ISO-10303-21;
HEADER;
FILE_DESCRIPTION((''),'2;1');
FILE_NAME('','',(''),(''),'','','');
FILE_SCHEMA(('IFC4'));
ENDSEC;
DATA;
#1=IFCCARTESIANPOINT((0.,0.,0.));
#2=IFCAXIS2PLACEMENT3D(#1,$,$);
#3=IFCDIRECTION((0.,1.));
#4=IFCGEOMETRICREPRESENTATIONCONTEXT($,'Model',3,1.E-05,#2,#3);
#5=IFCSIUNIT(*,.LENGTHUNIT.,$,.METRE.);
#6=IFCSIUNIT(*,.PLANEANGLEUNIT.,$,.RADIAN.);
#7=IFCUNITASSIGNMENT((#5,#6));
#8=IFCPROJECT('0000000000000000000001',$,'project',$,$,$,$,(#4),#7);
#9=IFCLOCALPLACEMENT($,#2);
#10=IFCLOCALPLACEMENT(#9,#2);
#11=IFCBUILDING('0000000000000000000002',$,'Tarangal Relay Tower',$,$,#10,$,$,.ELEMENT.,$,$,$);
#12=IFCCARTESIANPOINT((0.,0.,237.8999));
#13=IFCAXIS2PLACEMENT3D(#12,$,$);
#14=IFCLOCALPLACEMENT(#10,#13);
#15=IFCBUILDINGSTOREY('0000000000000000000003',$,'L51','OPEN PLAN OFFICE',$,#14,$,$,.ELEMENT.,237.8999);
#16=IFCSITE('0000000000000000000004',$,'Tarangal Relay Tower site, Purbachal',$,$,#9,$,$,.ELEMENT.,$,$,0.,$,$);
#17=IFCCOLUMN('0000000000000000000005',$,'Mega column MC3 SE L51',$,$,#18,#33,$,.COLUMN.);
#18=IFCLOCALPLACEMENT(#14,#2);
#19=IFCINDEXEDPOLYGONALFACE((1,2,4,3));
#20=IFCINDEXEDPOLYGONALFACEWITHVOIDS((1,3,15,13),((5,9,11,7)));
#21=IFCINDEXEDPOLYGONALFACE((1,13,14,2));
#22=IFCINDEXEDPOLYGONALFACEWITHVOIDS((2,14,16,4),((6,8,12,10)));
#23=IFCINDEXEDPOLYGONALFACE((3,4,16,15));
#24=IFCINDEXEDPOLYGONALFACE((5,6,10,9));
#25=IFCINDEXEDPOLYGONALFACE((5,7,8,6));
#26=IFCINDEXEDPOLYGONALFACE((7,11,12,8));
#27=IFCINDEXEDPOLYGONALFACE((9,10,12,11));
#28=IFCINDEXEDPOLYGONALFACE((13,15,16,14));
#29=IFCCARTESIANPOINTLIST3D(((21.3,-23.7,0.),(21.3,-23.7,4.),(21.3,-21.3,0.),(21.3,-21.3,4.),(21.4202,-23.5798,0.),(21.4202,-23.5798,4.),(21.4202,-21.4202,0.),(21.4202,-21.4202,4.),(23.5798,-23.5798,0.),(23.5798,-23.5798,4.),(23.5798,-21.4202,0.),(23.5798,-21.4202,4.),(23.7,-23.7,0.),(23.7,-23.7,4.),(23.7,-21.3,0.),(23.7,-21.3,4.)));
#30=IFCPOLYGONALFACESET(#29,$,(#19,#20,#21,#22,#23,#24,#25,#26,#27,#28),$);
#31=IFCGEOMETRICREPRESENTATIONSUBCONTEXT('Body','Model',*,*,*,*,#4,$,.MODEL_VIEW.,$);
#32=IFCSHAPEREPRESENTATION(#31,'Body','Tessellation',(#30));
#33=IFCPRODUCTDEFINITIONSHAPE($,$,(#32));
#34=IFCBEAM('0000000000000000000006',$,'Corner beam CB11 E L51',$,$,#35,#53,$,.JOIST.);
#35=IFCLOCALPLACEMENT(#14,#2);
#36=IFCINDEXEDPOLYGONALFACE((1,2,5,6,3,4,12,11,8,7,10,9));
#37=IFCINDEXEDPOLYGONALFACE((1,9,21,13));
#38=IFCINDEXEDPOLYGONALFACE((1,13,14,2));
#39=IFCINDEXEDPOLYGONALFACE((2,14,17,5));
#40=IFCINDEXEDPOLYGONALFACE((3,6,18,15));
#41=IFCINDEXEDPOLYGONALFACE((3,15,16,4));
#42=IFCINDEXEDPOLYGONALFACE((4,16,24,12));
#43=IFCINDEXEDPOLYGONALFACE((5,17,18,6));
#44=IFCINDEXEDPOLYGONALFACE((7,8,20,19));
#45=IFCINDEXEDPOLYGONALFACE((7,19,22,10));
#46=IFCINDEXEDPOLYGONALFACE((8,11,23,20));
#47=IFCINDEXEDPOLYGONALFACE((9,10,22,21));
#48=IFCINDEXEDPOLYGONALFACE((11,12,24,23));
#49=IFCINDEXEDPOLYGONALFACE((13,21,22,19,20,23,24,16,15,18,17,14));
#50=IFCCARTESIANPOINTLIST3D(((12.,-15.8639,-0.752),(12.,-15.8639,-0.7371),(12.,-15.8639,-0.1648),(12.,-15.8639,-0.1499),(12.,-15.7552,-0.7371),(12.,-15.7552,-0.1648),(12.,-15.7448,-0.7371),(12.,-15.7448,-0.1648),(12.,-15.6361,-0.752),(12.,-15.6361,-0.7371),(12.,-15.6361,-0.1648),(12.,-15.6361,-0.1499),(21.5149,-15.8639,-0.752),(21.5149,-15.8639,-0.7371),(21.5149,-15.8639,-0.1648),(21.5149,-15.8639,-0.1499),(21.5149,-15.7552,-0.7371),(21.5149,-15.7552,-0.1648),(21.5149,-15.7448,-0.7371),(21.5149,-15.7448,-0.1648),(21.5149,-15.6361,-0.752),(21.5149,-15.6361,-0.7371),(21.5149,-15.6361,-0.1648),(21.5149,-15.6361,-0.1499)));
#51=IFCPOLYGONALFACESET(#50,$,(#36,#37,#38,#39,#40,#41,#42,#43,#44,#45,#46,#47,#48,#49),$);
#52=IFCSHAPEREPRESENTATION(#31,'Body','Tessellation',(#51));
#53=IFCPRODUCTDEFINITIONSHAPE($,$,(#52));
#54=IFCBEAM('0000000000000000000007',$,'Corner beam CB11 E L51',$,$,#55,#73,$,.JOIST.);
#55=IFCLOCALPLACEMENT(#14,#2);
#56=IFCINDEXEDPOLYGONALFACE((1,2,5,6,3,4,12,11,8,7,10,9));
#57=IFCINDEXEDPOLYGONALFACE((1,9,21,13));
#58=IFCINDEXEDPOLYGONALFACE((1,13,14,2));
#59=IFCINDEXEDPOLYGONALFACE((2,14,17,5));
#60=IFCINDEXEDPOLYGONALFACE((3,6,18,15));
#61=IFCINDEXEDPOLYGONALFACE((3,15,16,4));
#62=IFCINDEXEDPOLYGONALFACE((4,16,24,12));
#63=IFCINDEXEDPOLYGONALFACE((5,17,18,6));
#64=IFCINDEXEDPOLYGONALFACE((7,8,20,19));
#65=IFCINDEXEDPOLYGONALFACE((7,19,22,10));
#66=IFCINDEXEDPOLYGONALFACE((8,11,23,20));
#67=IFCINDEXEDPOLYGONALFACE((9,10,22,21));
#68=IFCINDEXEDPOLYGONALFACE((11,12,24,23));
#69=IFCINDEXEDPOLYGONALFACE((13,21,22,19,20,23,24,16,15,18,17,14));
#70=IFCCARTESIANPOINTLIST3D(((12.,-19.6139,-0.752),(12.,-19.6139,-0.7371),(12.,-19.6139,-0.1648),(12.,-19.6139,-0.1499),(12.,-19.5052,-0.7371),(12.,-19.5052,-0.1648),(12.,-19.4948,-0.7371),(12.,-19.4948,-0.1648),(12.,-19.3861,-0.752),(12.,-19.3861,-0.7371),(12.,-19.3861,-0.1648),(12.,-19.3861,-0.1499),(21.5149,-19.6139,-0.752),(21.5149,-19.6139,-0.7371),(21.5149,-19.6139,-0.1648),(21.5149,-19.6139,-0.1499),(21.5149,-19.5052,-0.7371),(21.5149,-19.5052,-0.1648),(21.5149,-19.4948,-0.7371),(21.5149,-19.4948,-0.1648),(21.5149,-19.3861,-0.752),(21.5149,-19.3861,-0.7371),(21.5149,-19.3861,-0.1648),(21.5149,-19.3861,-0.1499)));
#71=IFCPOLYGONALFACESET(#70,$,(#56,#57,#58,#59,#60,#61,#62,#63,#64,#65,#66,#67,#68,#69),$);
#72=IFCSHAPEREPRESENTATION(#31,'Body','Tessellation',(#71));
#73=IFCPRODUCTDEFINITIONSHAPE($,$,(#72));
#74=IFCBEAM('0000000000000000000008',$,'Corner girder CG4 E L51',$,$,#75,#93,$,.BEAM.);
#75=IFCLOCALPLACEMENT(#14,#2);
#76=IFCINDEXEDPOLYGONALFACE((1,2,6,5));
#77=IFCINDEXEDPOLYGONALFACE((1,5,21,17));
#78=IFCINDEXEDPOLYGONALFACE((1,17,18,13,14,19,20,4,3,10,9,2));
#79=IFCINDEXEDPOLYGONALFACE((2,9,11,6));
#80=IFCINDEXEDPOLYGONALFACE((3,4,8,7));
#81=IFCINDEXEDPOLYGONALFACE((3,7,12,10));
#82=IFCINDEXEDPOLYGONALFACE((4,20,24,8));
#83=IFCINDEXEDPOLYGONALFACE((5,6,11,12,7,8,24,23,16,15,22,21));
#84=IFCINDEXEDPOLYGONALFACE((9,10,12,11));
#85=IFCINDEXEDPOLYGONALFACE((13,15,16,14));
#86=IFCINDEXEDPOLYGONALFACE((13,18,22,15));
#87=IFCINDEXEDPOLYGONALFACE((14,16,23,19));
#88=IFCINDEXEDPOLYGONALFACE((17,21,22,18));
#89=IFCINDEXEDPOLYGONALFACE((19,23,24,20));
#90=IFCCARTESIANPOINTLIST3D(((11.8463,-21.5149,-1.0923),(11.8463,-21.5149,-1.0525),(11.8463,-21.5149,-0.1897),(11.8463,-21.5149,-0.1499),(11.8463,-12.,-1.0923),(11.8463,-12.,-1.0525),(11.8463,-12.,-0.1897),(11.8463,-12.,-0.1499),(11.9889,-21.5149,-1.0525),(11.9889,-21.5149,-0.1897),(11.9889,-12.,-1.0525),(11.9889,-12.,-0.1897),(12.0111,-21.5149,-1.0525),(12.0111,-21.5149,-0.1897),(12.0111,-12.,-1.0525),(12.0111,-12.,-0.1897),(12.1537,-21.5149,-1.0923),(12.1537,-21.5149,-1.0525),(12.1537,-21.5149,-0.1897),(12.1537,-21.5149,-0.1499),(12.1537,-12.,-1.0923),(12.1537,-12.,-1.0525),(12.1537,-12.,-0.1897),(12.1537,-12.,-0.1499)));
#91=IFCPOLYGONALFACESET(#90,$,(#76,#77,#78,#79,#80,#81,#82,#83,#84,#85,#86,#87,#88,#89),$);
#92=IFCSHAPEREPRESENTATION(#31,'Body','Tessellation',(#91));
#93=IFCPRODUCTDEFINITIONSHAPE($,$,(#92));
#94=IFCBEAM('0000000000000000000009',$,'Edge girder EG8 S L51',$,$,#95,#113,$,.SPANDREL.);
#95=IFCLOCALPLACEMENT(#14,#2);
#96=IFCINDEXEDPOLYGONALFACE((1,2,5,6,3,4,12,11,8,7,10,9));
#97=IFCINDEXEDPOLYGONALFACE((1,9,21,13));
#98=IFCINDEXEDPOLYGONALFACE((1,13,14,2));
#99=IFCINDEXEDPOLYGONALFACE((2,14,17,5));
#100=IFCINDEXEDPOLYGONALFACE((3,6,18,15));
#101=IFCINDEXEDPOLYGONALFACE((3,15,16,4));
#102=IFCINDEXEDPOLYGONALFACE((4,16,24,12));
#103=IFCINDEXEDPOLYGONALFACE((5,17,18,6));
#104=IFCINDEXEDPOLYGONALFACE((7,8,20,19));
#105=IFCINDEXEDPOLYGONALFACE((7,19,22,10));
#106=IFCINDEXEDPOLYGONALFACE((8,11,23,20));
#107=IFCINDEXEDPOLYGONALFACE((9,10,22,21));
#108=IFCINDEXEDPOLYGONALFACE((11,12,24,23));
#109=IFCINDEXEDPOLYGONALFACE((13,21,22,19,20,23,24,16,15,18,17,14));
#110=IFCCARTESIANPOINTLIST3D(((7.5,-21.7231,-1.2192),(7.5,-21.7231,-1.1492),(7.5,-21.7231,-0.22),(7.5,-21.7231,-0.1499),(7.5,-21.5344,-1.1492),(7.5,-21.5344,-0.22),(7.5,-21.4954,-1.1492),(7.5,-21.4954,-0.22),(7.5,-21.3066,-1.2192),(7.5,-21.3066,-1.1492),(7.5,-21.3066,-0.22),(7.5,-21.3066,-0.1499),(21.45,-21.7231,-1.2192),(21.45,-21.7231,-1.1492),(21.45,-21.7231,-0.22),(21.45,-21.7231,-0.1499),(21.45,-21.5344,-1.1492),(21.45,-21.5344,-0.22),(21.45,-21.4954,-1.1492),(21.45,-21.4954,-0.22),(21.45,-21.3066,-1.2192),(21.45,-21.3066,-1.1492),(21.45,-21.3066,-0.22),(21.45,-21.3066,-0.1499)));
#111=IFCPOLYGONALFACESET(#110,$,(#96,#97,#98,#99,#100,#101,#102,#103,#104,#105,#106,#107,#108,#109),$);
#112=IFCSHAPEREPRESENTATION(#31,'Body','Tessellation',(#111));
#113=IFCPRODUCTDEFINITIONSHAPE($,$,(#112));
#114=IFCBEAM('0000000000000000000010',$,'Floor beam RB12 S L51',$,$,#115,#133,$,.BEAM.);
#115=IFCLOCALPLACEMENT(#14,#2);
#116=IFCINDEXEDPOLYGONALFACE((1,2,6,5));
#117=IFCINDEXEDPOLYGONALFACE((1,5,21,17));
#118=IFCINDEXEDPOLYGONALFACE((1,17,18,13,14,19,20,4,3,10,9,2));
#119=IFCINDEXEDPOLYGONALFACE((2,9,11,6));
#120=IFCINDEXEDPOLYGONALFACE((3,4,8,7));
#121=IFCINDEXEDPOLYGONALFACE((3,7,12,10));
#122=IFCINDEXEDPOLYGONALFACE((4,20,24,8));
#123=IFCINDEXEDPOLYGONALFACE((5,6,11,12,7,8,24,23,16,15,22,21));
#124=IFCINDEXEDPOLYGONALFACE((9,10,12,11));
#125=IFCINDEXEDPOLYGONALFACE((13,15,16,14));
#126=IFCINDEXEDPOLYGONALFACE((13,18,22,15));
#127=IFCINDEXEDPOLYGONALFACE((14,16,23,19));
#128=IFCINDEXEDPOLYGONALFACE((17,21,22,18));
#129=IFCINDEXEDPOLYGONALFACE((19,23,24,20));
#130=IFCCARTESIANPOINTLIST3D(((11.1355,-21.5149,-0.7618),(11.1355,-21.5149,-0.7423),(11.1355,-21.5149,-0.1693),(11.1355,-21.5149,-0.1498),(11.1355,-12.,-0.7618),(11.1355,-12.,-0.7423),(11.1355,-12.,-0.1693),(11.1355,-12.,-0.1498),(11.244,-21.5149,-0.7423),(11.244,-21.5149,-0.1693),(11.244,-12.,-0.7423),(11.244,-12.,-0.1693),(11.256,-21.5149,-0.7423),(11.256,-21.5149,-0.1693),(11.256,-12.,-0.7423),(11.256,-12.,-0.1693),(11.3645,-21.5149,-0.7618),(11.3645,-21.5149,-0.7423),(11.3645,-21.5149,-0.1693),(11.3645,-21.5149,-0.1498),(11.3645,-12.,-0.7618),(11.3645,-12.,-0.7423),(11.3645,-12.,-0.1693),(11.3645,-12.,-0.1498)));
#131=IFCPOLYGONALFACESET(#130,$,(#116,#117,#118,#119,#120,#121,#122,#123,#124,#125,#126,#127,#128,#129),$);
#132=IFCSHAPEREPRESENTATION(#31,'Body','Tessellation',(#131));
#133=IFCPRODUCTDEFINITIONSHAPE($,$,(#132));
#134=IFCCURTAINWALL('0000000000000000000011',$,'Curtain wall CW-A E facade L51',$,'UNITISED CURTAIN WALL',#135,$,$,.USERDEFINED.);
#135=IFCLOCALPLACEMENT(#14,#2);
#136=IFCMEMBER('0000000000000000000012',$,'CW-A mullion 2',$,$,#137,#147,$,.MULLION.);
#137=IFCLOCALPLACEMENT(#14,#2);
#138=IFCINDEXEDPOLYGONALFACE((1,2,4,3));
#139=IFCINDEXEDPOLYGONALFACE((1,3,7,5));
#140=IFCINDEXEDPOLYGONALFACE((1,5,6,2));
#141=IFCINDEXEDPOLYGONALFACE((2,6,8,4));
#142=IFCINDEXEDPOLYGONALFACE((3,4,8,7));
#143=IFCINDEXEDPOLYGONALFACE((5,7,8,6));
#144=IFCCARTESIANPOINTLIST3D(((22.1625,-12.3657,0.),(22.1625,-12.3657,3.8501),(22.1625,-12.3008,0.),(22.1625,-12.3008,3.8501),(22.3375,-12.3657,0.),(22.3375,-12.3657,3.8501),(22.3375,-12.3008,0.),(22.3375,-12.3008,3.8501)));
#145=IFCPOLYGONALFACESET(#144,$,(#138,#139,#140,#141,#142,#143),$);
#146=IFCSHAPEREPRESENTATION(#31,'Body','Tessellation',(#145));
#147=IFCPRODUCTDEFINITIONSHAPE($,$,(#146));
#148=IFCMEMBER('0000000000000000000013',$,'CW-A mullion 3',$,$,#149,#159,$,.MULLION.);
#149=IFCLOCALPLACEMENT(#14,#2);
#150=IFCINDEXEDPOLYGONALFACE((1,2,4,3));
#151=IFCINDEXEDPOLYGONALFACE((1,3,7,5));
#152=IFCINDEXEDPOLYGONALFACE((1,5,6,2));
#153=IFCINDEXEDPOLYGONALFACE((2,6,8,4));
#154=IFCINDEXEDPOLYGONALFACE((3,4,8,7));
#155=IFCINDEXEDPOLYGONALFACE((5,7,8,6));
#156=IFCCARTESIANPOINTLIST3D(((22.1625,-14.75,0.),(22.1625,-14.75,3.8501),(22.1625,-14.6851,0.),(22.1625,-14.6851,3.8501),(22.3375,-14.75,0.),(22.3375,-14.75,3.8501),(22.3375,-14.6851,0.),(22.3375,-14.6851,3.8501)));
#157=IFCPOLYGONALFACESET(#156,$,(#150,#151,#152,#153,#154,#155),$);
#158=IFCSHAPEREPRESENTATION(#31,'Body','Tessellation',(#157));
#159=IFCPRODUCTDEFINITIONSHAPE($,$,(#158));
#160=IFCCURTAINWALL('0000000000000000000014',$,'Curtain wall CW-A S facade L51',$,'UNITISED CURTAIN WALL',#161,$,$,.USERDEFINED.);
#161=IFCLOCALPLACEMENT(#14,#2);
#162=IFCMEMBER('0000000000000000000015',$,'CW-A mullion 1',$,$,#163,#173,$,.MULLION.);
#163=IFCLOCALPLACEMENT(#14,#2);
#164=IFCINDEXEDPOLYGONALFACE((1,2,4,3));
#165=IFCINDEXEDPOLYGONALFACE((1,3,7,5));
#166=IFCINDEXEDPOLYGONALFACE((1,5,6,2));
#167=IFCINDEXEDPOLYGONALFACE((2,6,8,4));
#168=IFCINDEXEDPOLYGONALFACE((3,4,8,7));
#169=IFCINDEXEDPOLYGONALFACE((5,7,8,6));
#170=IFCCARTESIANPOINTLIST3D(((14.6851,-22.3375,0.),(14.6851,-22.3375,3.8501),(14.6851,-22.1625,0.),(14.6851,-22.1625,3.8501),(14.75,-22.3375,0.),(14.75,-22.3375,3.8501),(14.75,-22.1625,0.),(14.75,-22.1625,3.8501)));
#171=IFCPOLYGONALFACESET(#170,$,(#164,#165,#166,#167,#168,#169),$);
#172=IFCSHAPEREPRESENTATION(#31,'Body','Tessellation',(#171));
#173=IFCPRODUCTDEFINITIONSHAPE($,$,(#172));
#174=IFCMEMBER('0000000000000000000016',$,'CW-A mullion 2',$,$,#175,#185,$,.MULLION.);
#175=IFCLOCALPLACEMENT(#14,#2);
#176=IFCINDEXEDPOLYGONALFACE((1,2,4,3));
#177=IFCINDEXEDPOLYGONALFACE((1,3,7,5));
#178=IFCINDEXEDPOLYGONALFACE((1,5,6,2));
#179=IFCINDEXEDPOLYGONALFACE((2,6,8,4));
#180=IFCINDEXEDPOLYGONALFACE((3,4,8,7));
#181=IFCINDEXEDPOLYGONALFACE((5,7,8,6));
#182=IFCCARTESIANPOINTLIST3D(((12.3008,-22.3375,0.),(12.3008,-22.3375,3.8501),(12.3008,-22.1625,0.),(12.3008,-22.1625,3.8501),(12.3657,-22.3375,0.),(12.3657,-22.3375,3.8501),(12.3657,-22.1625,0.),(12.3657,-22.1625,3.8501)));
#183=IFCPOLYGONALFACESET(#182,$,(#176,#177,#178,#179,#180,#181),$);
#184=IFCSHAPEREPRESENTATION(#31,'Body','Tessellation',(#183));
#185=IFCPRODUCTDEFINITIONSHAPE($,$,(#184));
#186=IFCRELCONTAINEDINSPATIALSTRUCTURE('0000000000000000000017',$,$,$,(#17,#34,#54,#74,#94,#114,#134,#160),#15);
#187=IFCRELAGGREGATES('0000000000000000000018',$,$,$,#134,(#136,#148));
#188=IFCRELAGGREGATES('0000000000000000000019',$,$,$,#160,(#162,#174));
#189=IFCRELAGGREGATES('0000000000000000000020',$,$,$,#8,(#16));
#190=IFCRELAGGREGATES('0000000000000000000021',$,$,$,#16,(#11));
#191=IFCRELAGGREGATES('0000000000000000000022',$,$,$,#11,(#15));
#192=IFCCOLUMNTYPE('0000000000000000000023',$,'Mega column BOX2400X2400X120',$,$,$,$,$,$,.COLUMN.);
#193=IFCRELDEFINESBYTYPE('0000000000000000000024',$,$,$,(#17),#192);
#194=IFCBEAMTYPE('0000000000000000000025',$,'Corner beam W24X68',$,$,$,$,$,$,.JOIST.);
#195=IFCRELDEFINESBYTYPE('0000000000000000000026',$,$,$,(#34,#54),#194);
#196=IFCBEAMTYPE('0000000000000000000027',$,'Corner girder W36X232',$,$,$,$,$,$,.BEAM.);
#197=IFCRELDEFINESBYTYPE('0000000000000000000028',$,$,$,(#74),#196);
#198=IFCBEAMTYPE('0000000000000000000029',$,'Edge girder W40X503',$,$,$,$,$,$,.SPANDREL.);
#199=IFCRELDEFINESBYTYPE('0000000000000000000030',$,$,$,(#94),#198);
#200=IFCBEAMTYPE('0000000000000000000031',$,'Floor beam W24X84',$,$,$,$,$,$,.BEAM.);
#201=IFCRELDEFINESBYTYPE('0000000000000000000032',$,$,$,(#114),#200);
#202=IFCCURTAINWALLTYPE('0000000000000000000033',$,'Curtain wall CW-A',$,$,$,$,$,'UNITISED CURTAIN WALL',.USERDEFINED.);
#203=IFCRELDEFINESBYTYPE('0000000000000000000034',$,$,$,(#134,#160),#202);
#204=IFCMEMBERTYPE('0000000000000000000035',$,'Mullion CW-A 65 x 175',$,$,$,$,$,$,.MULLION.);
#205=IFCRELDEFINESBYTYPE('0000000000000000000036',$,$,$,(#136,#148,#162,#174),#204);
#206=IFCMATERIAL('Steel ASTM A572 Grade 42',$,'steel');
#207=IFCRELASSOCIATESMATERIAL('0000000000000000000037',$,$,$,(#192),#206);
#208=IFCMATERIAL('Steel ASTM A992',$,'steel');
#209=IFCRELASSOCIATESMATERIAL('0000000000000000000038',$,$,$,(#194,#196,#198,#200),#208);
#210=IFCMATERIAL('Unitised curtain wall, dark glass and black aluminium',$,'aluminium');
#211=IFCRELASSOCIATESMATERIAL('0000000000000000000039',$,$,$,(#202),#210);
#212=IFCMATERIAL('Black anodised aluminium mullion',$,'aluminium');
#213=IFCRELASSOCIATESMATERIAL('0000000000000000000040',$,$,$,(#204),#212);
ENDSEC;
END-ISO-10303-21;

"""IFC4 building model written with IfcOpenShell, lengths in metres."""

from ifc_helpers import new_model, si_unit, direction, frame, origin, origin_2d, place, context, subcontext, project, spatial, rectangle, hollow_rectangle, i_section, extrude, material, material_profile, profile_set, type_object, element, aggregate, save


model = new_model("IFC4")

# Units and contexts
model_context = context("Model", 3, precision=1e-05, world=origin(), true_north=direction((0.0, 1.0)))
body_context = subcontext(model_context, "Body", "Model", "MODEL_VIEW")
ifc_project = project(units=[si_unit("LENGTHUNIT", "METRE"), si_unit("PLANEANGLEUNIT", "RADIAN")], contexts=[model_context])

# Site, building, storey
site_placement = place(None, origin())
site = spatial("IfcSite", under=ifc_project, at=site_placement, Name="Tarangal Relay Tower site, Purbachal", CompositionType="ELEMENT", RefElevation=0.0)
building_placement = place(site_placement, origin())
building = spatial("IfcBuilding", under=site, at=building_placement, Name="Tarangal Relay Tower", CompositionType="ELEMENT")
storey_placement = place(building_placement, frame((0.0, 0.0, 237.8999)))
storey = spatial("IfcBuildingStorey", under=building, at=storey_placement, Name="L51", Description="OPEN PLAN OFFICE", CompositionType="ELEMENT", Elevation=237.8999)

# Column
ifc_material_1 = material(Name="Steel ASTM A572 Grade 42", Category="steel")
ifc_material_profile_1 = material_profile(ifc_material_1, hollow_rectangle(XDim=2.3999, YDim=2.3999, WallThickness=0.1201, at=origin_2d()), Name="BOX2400X2400X120")
ifc_profile_set_1 = profile_set([ifc_material_profile_1], Name="Steel ASTM A572 Grade 42")
column_type = type_object("IfcColumnType", Name="Mega column BOX2400X2400X120", PredefinedType="COLUMN", material=ifc_profile_set_1)
column_placement = place(storey_placement, frame((22.5, -22.5, 0.0), z_axis=(0.0, 0.0, 1.0), x_axis=(1.0, 0.0, 0.0)))
element("IfcColumn", 1, at=column_placement, inside=storey, type_object=column_type, Name="Mega column MC3 SE L51", PredefinedType="COLUMN", context=body_context, shape_type="SweptSolid", body=[
    extrude(hollow_rectangle(XDim=2.3999, YDim=2.3999, WallThickness=0.1201, at=origin_2d()), origin(), (0.0, 0.0, 1.0), 4.0),
])

# Beams
ifc_material_2 = material(Name="Steel ASTM A992", Category="steel")
ifc_material_profile_2 = material_profile(ifc_material_2, i_section(OverallWidth=0.2278, OverallDepth=0.6021, WebThickness=0.0105, FlangeThickness=0.0149, at=origin_2d()), Name="W24X68")
ifc_profile_set_2 = profile_set([ifc_material_profile_2], Name="Steel ASTM A992")
beam_type_1 = type_object("IfcBeamType", Name="Corner beam W24X68", PredefinedType="JOIST", material=ifc_profile_set_2)
for number, where, z_axis, x_axis, name in (
    (2, (12.0, -15.75, -0.4509), (1.0, 0.0, 0.0), (0.0, 1.0, 0.0), "Corner beam CB11 E L51"),
    (3, (12.0, -19.5, -0.4509), (1.0, 0.0, 0.0), (0.0, 1.0, 0.0), "Corner beam CB11 E L51"),
):
    element("IfcBeam", number, at=place(storey_placement, frame(where, z_axis=z_axis, x_axis=x_axis)), inside=storey, type_object=beam_type_1, Name=name, PredefinedType="JOIST", context=body_context, shape_type="SweptSolid", body=[
        extrude(i_section(OverallWidth=0.2278, OverallDepth=0.6021, WebThickness=0.0105, FlangeThickness=0.0149, at=origin_2d()), origin(), (0.0, 0.0, 1.0), 9.5149),
    ])
ifc_material_profile_3 = material_profile(ifc_material_2, i_section(OverallWidth=0.3074, OverallDepth=0.9424, WebThickness=0.0222, FlangeThickness=0.0398, at=origin_2d()), Name="W36X232")
ifc_profile_set_3 = profile_set([ifc_material_profile_3], Name="Steel ASTM A992")
beam_type_2 = type_object("IfcBeamType", Name="Corner girder W36X232", PredefinedType="BEAM", material=ifc_profile_set_3)
beam_1_placement = place(storey_placement, frame((12.0, -12.0, -0.6211), z_axis=(0.0, -1.0, 0.0), x_axis=(1.0, 0.0, 0.0)))
element("IfcBeam", 4, at=beam_1_placement, inside=storey, type_object=beam_type_2, Name="Corner girder CG4 E L51", PredefinedType="BEAM", context=body_context, shape_type="SweptSolid", body=[
    extrude(i_section(OverallWidth=0.3074, OverallDepth=0.9424, WebThickness=0.0222, FlangeThickness=0.0398, at=origin_2d()), origin(), (0.0, 0.0, 1.0), 9.5149),
])
ifc_material_profile_4 = material_profile(ifc_material_2, i_section(OverallWidth=0.4165, OverallDepth=1.0693, WebThickness=0.0391, FlangeThickness=0.0701, at=origin_2d()), Name="W40X503")
ifc_profile_set_4 = profile_set([ifc_material_profile_4], Name="Steel ASTM A992")
beam_type_3 = type_object("IfcBeamType", Name="Edge girder W40X503", PredefinedType="SPANDREL", material=ifc_profile_set_4)
beam_2_placement = place(storey_placement, frame((21.45, -21.5149, -0.6846), z_axis=(-1.0, 0.0, 0.0), x_axis=(0.0, -1.0, 0.0)))
element("IfcBeam", 5, at=beam_2_placement, inside=storey, type_object=beam_type_3, Name="Edge girder EG8 S L51", PredefinedType="SPANDREL", context=body_context, shape_type="SweptSolid", body=[
    extrude(i_section(OverallWidth=0.4165, OverallDepth=1.0693, WebThickness=0.0391, FlangeThickness=0.0701, at=origin_2d()), origin(), (0.0, 0.0, 1.0), 13.95),
])
ifc_material_profile_5 = material_profile(ifc_material_2, i_section(OverallWidth=0.229, OverallDepth=0.6121, WebThickness=0.012, FlangeThickness=0.0195, at=origin_2d()), Name="W24X84")
ifc_profile_set_5 = profile_set([ifc_material_profile_5], Name="Steel ASTM A992")
beam_type_4 = type_object("IfcBeamType", Name="Floor beam W24X84", PredefinedType="BEAM", material=ifc_profile_set_5)
beam_3_placement = place(storey_placement, frame((11.25, -12.0, -0.4558), z_axis=(0.0, -1.0, 0.0), x_axis=(1.0, 0.0, 0.0)))
element("IfcBeam", 6, at=beam_3_placement, inside=storey, type_object=beam_type_4, Name="Floor beam RB12 S L51", PredefinedType="BEAM", context=body_context, shape_type="SweptSolid", body=[
    extrude(i_section(OverallWidth=0.229, OverallDepth=0.6121, WebThickness=0.012, FlangeThickness=0.0195, at=origin_2d()), origin(), (0.0, 0.0, 1.0), 9.5149),
])

# Curtain walls, members
ifc_material_3 = material(Name="Unitised curtain wall, dark glass and black aluminium", Category="aluminium")
curtain_wall_type = type_object("IfcCurtainWallType", Name="Curtain wall CW-A", ElementType="UNITISED CURTAIN WALL", PredefinedType="USERDEFINED", material=ifc_material_3)
curtain_wall_1_placement = place(storey_placement, origin())
curtain_wall_1 = element("IfcCurtainWall", 7, at=curtain_wall_1_placement, inside=storey, type_object=curtain_wall_type, Name="Curtain wall CW-A E facade L51", ObjectType="UNITISED CURTAIN WALL", PredefinedType="USERDEFINED")
ifc_material_4 = material(Name="Black anodised aluminium mullion", Category="aluminium")
ifc_material_profile_6 = material_profile(ifc_material_4, rectangle(XDim=0.175, YDim=0.0649, at=origin_2d()), Name="CW-AM 65X175")
ifc_profile_set_6 = profile_set([ifc_material_profile_6], Name="Black anodised aluminium mullion")
member_type_1 = type_object("IfcMemberType", Name="Mullion CW-A 65 x 175", PredefinedType="MULLION", material=ifc_profile_set_6)
member_1_placement = place(storey_placement, frame((22.25, -12.3333, 0.0), z_axis=(0.0, 0.0, 1.0), x_axis=(1.0, 0.0, 0.0)))
member_1 = element("IfcMember", 8, at=member_1_placement, type_object=member_type_1, Name="CW-A mullion 2", PredefinedType="MULLION", context=body_context, shape_type="SweptSolid", body=[
    extrude(rectangle(XDim=0.175, YDim=0.0649, at=origin_2d()), origin(), (0.0, 0.0, 1.0), 3.8501),
])
member_2_placement = place(storey_placement, frame((22.25, -14.7175, 0.0), z_axis=(0.0, 0.0, 1.0), x_axis=(1.0, 0.0, 0.0)))
member_2 = element("IfcMember", 9, at=member_2_placement, type_object=member_type_1, Name="CW-A mullion 3", PredefinedType="MULLION", context=body_context, shape_type="SweptSolid", body=[
    extrude(rectangle(XDim=0.175, YDim=0.0649, at=origin_2d()), origin(), (0.0, 0.0, 1.0), 3.8501),
])
curtain_wall_2_placement = place(storey_placement, origin())
curtain_wall_2 = element("IfcCurtainWall", 10, at=curtain_wall_2_placement, inside=storey, type_object=curtain_wall_type, Name="Curtain wall CW-A S facade L51", ObjectType="UNITISED CURTAIN WALL", PredefinedType="USERDEFINED")
member_3_placement = place(storey_placement, frame((14.7175, -22.25, 0.0), z_axis=(0.0, 0.0, 1.0), x_axis=(0.0, -1.0, 0.0)))
member_3 = element("IfcMember", 11, at=member_3_placement, type_object=member_type_1, Name="CW-A mullion 1", PredefinedType="MULLION", context=body_context, shape_type="SweptSolid", body=[
    extrude(rectangle(XDim=0.175, YDim=0.0649, at=origin_2d()), origin(), (0.0, 0.0, 1.0), 3.8501),
])
member_4_placement = place(storey_placement, frame((12.3333, -22.25, 0.0), z_axis=(0.0, 0.0, 1.0), x_axis=(0.0, -1.0, 0.0)))
member_4 = element("IfcMember", 12, at=member_4_placement, type_object=member_type_1, Name="CW-A mullion 2", PredefinedType="MULLION", context=body_context, shape_type="SweptSolid", body=[
    extrude(rectangle(XDim=0.175, YDim=0.0649, at=origin_2d()), origin(), (0.0, 0.0, 1.0), 3.8501),
])

aggregate(curtain_wall_1, [member_1, member_2])
aggregate(curtain_wall_2, [member_3, member_4])

save(model, "model.ifc")
